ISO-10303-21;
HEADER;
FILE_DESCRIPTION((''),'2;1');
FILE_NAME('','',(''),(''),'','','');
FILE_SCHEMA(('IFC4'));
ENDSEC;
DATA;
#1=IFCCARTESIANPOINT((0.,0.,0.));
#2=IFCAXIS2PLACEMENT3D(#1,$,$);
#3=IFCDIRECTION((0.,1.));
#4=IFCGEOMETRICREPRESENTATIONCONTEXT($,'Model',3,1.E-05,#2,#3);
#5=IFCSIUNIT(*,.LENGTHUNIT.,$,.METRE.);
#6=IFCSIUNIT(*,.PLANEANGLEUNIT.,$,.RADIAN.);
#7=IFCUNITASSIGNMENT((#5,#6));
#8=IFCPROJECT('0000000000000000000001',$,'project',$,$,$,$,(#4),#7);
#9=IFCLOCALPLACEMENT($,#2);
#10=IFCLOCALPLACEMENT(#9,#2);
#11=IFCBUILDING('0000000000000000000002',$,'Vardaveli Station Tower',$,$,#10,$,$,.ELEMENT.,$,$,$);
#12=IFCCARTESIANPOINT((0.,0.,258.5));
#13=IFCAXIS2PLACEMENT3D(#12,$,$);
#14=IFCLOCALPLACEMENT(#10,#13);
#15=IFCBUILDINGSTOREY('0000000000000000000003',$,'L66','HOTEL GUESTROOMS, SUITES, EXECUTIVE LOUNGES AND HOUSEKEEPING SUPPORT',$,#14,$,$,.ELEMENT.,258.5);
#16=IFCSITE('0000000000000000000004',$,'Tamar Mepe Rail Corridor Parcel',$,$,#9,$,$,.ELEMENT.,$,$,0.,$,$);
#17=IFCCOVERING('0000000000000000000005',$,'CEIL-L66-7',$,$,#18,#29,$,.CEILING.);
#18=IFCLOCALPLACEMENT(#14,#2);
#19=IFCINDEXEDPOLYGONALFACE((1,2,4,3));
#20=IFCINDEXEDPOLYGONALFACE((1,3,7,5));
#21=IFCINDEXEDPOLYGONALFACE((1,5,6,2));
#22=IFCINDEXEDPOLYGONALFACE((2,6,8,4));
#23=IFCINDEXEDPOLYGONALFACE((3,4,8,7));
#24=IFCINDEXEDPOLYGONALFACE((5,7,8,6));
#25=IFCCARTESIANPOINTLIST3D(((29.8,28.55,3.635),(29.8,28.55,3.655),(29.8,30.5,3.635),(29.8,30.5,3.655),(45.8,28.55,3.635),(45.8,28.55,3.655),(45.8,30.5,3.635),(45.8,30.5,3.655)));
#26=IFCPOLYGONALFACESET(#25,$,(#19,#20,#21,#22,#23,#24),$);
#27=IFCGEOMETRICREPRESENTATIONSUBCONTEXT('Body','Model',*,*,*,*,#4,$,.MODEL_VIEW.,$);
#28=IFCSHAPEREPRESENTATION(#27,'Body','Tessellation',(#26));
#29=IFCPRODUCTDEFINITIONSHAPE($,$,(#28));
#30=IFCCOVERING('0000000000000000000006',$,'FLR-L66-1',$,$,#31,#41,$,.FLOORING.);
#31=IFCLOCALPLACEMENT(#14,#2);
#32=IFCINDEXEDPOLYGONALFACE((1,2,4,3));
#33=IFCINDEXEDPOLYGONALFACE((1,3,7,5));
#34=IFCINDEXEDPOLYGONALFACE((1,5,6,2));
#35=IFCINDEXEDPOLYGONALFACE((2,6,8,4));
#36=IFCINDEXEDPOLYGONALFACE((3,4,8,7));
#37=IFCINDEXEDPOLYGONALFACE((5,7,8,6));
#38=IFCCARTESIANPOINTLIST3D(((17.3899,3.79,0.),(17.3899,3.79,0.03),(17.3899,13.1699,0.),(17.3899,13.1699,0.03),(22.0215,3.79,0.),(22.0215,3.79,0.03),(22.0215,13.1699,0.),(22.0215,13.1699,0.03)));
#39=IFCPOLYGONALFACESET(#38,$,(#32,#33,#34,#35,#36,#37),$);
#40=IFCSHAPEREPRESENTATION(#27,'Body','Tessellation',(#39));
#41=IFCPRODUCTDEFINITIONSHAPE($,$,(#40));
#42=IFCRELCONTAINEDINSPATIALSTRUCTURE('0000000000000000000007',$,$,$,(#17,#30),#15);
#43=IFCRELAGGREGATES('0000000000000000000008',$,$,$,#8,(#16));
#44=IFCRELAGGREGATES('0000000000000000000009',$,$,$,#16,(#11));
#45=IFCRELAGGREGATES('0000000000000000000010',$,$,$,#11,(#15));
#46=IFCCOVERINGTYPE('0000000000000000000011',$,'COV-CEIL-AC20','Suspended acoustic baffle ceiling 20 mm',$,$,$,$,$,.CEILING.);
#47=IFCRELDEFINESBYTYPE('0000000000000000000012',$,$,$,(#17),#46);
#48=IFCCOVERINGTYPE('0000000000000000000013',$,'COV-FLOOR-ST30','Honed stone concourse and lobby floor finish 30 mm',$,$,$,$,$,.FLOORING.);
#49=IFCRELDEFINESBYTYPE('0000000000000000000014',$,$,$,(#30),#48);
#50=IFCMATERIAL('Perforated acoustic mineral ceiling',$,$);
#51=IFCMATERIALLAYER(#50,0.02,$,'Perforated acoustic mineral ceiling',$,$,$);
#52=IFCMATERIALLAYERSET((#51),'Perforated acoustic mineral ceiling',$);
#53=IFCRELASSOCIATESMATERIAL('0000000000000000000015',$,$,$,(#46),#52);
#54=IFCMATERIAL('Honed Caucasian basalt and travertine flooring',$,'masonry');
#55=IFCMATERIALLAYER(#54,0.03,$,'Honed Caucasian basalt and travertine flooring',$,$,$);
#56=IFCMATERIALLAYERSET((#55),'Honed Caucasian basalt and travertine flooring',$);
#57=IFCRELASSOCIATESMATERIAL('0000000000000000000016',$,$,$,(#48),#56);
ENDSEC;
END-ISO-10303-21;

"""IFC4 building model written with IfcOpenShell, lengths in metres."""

from ifc_helpers import new_model, si_unit, direction, frame, origin, place, context, subcontext, project, spatial, polyline, outline, extrude, material, layer, layer_set, type_object, element, save


model = new_model("IFC4")

# Units and contexts
model_context = context("Model", 3, precision=1e-05, world=origin(), true_north=direction((0.0, 1.0)))
body_context = subcontext(model_context, "Body", "Model", "MODEL_VIEW")
ifc_project = project(units=[si_unit("LENGTHUNIT", "METRE"), si_unit("PLANEANGLEUNIT", "RADIAN")], contexts=[model_context])

# Site, building, storey
site_placement = place(None, origin())
site = spatial("IfcSite", under=ifc_project, at=site_placement, Name="Tamar Mepe Rail Corridor Parcel", CompositionType="ELEMENT", RefElevation=0.0)
building_placement = place(site_placement, origin())
building = spatial("IfcBuilding", under=site, at=building_placement, Name="Vardaveli Station Tower", CompositionType="ELEMENT")
storey_placement = place(building_placement, frame((0.0, 0.0, 258.5)))
storey = spatial("IfcBuildingStorey", under=building, at=storey_placement, Name="L66", Description="HOTEL GUESTROOMS, SUITES, EXECUTIVE LOUNGES AND HOUSEKEEPING SUPPORT", CompositionType="ELEMENT", Elevation=258.5)

# Coverings
ifc_material_1 = material(Name="Perforated acoustic mineral ceiling")
ifc_layer_1 = layer(ifc_material_1, 0.02, Name="Perforated acoustic mineral ceiling")
ifc_layer_set_1 = layer_set([ifc_layer_1], Name="Perforated acoustic mineral ceiling")
covering_type_1 = type_object("IfcCoveringType", Name="COV-CEIL-AC20", Description="Suspended acoustic baffle ceiling 20 mm", PredefinedType="CEILING", material=ifc_layer_set_1)
covering_1_placement = place(storey_placement, frame((0.0, 0.0, 3.635)))
element("IfcCovering", 1, at=covering_1_placement, inside=storey, type_object=covering_type_1, Name="CEIL-L66-7", PredefinedType="CEILING", context=body_context, shape_type="SweptSolid", body=[
    extrude(outline(polyline([(29.8, 28.55), (45.8, 28.55), (45.8, 30.5), (29.8, 30.5), (29.8, 28.55)])), origin(), (0.0, 0.0, 1.0), 0.02),
])
ifc_material_2 = material(Name="Honed Caucasian basalt and travertine flooring", Category="masonry")
ifc_layer_2 = layer(ifc_material_2, 0.03, Name="Honed Caucasian basalt and travertine flooring")
ifc_layer_set_2 = layer_set([ifc_layer_2], Name="Honed Caucasian basalt and travertine flooring")
covering_type_2 = type_object("IfcCoveringType", Name="COV-FLOOR-ST30", Description="Honed stone concourse and lobby floor finish 30 mm", PredefinedType="FLOORING", material=ifc_layer_set_2)
covering_2_placement = place(storey_placement, origin())
element("IfcCovering", 2, at=covering_2_placement, inside=storey, type_object=covering_type_2, Name="FLR-L66-1", PredefinedType="FLOORING", context=body_context, shape_type="SweptSolid", body=[
    extrude(outline(polyline([(17.3899, 3.79), (22.0215, 3.79), (22.0215, 13.1699), (17.3899, 13.1699), (17.3899, 3.79)])), origin(), (0.0, 0.0, 1.0), 0.03),
])

save(model, "model.ifc")
